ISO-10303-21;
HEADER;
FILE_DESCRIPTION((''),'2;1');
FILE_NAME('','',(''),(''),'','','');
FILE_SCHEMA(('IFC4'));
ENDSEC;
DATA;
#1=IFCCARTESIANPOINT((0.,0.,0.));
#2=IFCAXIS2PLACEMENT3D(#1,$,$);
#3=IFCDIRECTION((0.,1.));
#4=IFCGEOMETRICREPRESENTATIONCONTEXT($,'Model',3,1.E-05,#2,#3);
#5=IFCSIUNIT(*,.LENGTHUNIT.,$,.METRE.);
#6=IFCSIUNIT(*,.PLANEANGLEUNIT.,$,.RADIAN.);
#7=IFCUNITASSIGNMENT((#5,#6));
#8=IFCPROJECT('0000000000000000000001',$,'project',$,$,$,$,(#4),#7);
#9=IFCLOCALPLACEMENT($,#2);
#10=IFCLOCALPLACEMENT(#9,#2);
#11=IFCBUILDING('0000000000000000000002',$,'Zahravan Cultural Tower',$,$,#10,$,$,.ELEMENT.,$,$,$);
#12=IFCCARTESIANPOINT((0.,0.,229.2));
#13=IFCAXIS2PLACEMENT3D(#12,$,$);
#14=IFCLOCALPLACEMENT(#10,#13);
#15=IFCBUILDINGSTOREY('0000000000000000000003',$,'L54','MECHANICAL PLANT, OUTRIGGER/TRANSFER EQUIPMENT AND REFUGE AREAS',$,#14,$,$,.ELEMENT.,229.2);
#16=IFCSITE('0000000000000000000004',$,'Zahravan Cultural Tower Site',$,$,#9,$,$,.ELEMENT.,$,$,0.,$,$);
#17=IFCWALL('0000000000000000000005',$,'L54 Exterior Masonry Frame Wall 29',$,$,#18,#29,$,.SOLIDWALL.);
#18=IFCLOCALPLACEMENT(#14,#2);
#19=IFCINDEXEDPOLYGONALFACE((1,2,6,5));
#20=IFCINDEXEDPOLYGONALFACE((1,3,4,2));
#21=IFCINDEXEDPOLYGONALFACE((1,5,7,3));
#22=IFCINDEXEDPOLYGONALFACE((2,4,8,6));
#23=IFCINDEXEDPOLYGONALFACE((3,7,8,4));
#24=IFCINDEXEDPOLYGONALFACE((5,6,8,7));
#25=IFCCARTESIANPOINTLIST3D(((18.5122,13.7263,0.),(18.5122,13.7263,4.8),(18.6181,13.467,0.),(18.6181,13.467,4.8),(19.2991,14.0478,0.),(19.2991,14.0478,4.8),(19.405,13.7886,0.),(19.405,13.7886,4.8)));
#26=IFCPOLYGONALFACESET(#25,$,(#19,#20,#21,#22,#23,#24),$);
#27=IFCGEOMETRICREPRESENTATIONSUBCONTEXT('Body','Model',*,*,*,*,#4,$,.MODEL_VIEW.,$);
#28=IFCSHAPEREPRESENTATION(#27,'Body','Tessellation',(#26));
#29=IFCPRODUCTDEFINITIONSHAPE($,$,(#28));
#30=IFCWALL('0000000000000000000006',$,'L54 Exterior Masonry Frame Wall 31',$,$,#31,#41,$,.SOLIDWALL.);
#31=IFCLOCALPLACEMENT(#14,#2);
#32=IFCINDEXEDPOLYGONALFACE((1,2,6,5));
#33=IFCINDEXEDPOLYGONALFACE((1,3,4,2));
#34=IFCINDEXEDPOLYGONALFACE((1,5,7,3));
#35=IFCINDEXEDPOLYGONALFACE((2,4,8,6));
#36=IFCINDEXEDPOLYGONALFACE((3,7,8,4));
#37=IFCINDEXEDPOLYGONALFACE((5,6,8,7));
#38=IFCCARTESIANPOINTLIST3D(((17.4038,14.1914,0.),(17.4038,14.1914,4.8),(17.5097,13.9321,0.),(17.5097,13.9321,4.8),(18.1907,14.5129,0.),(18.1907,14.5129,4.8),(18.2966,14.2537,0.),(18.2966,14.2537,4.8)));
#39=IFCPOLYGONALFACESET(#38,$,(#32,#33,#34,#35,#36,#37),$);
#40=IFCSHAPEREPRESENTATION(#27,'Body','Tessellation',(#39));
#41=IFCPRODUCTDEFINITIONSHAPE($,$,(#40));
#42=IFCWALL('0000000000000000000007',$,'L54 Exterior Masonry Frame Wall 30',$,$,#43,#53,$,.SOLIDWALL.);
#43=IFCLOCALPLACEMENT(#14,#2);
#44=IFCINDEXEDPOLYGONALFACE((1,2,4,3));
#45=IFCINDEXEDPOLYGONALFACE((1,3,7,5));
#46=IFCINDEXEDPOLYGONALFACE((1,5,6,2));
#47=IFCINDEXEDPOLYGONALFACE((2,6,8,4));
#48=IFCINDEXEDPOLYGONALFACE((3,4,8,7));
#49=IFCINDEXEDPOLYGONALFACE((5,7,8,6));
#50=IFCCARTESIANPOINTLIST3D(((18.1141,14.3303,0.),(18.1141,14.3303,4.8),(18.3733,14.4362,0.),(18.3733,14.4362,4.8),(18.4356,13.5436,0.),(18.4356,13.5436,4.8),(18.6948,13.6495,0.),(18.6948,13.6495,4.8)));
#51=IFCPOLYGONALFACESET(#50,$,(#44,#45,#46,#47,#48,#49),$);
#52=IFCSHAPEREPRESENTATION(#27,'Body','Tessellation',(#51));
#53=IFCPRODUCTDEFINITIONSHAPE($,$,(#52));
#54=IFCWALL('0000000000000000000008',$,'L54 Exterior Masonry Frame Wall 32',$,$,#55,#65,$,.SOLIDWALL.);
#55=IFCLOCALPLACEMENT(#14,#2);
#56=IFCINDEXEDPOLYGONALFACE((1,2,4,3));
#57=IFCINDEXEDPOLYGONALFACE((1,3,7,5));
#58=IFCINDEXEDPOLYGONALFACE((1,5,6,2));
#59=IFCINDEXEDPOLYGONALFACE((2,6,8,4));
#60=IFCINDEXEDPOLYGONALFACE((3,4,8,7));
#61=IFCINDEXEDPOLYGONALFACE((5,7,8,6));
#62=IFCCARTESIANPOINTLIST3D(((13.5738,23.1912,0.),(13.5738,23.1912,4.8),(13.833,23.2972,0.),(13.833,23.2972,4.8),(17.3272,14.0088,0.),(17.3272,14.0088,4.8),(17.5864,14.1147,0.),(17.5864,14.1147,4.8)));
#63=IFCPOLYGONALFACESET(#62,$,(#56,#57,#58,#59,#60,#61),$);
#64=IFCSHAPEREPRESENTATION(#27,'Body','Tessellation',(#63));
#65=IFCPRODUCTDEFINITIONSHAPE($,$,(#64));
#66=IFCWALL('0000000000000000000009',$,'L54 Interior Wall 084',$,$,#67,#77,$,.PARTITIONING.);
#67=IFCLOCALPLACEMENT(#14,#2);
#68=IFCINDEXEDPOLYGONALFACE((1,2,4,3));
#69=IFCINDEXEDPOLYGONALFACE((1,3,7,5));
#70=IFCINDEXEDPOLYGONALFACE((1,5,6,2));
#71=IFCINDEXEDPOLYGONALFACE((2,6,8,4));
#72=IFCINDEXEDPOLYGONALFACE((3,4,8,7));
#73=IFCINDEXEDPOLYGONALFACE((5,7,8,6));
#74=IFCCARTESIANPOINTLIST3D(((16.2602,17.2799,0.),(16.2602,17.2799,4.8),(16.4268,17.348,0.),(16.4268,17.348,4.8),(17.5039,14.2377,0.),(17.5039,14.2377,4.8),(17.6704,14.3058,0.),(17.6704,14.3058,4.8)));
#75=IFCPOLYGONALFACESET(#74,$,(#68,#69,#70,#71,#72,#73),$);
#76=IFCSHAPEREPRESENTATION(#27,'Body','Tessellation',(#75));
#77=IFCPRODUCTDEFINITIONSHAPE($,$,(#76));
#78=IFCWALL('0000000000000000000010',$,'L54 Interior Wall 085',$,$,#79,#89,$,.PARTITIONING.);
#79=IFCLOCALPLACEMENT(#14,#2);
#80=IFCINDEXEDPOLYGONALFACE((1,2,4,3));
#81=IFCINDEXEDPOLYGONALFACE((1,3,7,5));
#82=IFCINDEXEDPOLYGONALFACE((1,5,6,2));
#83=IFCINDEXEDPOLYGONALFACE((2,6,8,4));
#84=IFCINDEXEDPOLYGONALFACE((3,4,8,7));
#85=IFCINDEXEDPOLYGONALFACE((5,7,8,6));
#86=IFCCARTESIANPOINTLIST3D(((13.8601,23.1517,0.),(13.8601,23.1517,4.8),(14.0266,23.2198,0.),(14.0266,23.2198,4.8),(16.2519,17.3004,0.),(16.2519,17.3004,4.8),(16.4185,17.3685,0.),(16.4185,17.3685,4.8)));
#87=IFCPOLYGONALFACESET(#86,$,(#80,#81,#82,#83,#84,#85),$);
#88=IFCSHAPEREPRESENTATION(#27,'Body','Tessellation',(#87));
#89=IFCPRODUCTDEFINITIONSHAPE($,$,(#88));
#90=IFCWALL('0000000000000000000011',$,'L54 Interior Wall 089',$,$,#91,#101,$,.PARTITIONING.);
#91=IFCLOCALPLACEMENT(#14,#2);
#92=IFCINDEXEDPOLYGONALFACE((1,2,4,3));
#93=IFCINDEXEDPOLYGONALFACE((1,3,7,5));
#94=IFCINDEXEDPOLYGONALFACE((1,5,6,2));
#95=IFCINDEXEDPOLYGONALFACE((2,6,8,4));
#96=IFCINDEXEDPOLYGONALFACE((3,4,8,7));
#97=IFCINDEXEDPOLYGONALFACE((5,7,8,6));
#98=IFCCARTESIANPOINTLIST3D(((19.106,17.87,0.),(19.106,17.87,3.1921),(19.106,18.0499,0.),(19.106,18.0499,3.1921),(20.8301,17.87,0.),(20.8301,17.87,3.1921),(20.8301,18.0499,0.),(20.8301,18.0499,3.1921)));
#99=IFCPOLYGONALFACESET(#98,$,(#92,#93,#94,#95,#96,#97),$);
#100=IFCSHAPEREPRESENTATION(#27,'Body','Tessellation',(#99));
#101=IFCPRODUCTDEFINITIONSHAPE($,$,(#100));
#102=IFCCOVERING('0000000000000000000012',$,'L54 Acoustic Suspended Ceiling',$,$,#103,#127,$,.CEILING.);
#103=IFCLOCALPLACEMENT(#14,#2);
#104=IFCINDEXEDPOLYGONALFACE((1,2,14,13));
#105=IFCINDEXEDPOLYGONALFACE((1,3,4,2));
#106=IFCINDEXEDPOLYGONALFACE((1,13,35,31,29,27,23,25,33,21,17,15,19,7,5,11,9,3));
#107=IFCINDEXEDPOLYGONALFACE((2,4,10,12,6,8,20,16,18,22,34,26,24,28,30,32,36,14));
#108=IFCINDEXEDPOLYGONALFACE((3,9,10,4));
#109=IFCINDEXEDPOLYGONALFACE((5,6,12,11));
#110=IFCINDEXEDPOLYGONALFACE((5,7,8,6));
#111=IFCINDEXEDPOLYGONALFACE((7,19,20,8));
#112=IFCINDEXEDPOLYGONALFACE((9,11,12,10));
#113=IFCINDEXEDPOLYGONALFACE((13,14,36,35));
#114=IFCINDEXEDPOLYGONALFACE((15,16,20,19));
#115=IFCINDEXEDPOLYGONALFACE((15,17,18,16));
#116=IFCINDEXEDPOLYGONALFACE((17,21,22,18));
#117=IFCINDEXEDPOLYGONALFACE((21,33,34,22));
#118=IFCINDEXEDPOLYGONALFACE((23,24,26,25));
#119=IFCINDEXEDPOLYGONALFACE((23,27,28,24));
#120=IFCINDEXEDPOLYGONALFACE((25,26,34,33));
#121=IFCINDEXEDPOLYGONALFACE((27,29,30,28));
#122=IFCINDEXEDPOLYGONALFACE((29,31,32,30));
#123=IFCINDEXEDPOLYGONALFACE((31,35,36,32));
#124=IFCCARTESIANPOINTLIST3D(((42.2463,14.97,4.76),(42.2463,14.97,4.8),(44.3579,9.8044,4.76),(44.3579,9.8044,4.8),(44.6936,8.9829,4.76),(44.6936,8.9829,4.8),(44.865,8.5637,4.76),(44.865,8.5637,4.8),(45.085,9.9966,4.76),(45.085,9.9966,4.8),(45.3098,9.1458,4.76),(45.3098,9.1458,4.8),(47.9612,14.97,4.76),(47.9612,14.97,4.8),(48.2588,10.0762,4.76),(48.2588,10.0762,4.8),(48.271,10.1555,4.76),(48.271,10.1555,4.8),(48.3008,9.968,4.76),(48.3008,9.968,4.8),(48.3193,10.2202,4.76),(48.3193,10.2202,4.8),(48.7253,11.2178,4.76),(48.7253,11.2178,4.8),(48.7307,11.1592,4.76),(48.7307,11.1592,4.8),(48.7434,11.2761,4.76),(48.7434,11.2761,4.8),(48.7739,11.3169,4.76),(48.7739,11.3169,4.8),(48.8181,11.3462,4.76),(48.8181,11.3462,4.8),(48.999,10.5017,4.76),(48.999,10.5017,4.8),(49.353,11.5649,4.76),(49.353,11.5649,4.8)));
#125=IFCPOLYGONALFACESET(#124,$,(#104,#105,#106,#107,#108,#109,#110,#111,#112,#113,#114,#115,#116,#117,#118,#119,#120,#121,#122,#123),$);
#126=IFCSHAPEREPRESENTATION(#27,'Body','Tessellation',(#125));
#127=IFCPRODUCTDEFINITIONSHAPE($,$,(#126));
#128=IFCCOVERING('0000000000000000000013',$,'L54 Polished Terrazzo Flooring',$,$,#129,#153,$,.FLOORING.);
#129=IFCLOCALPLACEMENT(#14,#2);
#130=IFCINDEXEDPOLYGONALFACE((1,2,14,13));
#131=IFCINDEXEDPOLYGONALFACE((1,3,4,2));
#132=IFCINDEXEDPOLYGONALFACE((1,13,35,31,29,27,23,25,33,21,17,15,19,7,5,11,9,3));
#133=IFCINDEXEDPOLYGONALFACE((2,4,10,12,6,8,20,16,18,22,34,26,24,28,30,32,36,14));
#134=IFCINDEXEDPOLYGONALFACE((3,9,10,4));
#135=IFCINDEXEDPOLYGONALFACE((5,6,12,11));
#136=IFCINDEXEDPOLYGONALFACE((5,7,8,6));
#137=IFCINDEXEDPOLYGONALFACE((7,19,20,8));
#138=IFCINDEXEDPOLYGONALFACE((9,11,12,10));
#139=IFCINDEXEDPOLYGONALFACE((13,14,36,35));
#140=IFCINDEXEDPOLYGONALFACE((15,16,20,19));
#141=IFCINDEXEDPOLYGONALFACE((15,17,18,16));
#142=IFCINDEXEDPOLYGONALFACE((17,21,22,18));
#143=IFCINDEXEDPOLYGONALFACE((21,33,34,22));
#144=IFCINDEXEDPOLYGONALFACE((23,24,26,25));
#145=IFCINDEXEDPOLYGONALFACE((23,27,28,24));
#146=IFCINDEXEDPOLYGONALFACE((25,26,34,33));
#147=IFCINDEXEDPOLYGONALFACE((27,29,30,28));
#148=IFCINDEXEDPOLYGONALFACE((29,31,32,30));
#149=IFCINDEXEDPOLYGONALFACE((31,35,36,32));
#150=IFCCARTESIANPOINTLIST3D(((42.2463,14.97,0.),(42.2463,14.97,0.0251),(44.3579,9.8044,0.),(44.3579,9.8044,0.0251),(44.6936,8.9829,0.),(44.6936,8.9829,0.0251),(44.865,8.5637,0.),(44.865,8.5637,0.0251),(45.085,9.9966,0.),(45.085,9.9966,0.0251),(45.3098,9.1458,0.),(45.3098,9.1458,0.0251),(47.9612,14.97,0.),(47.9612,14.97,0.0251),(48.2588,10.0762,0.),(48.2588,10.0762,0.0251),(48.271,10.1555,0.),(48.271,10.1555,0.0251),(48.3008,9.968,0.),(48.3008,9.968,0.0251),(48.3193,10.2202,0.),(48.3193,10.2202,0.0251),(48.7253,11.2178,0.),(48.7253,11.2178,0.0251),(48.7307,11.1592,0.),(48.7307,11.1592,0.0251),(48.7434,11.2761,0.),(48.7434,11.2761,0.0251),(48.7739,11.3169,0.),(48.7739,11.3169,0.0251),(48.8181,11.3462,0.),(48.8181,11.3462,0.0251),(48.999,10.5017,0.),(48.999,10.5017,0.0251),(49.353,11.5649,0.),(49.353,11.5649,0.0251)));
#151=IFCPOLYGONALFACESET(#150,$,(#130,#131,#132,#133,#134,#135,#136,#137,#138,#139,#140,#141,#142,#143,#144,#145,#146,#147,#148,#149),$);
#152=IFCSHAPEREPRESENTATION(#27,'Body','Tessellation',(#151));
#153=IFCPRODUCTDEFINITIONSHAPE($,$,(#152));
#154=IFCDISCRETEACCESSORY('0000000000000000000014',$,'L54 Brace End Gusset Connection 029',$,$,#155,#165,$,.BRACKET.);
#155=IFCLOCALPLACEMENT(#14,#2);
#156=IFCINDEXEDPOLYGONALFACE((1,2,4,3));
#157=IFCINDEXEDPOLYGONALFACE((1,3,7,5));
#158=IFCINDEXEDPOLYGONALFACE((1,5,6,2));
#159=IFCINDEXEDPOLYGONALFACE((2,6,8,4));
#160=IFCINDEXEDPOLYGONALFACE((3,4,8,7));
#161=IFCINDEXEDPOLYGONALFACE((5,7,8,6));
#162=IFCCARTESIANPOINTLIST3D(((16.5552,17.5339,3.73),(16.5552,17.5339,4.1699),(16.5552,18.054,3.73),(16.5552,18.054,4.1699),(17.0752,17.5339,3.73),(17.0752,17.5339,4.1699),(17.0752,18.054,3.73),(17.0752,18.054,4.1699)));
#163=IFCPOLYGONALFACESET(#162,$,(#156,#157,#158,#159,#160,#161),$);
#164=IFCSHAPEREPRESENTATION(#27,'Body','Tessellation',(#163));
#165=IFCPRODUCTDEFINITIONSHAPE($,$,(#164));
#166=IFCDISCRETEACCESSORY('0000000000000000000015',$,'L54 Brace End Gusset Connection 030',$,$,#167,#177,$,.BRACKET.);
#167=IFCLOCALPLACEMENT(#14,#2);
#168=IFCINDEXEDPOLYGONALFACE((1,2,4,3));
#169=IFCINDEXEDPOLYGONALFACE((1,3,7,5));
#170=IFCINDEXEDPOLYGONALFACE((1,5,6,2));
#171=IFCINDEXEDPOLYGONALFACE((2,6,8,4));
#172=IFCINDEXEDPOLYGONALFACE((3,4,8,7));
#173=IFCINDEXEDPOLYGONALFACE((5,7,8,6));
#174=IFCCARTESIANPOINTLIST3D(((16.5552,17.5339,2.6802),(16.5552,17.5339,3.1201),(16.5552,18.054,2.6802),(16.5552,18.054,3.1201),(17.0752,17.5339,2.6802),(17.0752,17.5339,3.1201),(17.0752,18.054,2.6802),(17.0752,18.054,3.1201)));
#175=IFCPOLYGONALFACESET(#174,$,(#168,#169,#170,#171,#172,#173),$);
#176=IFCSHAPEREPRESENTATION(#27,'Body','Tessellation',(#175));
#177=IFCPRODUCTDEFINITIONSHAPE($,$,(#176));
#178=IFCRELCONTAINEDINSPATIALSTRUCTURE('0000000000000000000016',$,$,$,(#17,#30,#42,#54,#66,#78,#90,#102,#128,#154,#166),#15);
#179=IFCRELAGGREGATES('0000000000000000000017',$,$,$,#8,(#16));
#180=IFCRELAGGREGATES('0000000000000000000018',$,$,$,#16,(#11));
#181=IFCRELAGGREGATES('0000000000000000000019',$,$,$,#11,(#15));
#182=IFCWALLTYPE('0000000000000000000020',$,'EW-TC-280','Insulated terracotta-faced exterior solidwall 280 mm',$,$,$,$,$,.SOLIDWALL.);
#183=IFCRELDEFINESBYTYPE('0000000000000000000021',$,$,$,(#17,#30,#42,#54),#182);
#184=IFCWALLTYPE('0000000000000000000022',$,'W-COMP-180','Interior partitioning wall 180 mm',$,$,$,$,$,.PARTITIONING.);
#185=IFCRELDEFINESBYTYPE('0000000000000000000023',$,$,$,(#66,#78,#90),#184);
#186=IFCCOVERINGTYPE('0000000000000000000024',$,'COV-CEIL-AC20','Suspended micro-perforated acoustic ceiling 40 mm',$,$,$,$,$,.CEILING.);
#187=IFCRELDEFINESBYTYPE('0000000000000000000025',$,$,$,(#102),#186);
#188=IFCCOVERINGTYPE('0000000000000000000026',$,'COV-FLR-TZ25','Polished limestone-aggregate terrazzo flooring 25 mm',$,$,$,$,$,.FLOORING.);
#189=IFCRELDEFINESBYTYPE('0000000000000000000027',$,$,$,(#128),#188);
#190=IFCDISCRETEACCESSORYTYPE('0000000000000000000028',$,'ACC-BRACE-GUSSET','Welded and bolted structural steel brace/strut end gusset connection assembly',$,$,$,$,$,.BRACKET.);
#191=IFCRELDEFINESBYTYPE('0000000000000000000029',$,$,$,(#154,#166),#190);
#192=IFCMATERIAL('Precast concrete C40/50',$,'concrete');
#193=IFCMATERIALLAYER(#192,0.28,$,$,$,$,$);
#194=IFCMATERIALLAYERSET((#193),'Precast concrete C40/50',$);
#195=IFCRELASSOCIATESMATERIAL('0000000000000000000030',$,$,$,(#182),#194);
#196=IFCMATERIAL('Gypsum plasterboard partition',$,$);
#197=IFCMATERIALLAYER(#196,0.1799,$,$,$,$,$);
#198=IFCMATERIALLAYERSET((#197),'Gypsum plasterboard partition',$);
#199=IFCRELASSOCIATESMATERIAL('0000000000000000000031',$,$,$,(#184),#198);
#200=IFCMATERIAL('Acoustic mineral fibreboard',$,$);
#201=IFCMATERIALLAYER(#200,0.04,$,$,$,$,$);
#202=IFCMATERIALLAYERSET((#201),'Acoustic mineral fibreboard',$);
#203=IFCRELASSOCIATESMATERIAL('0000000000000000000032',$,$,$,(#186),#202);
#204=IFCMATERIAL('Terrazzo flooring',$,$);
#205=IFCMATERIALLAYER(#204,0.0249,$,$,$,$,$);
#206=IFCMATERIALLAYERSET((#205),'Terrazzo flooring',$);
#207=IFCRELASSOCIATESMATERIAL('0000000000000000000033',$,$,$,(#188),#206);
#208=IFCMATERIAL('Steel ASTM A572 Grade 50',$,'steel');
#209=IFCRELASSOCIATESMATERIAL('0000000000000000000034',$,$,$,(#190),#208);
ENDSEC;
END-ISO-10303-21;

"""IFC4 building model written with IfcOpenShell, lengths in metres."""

from ifc_helpers import new_model, si_unit, direction, frame, frame_2d, origin, origin_2d, place, context, subcontext, project, spatial, polyline, rectangle, outline, extrude, source, transform, mapped, material, layer, layer_set, type_object, element, save


model = new_model("IFC4")

# Units and contexts
model_context = context("Model", 3, precision=1e-05, world=origin(), true_north=direction((0.0, 1.0)))
body_context = subcontext(model_context, "Body", "Model", "MODEL_VIEW")
ifc_project = project(units=[si_unit("LENGTHUNIT", "METRE"), si_unit("PLANEANGLEUNIT", "RADIAN")], contexts=[model_context])

# Site, building, storey
site_placement = place(None, origin())
site = spatial("IfcSite", under=ifc_project, at=site_placement, Name="Zahravan Cultural Tower Site", CompositionType="ELEMENT", RefElevation=0.0)
building_placement = place(site_placement, origin())
building = spatial("IfcBuilding", under=site, at=building_placement, Name="Zahravan Cultural Tower", CompositionType="ELEMENT")
storey_placement = place(building_placement, frame((0.0, 0.0, 229.2)))
storey = spatial("IfcBuildingStorey", under=building, at=storey_placement, Name="L54", Description="MECHANICAL PLANT, OUTRIGGER/TRANSFER EQUIPMENT AND REFUGE AREAS", CompositionType="ELEMENT", Elevation=229.2)

# Walls
ifc_material_1 = material(Name="Precast concrete C40/50", Category="concrete")
ifc_layer_1 = layer(ifc_material_1, 0.28)
ifc_layer_set_1 = layer_set([ifc_layer_1], Name="Precast concrete C40/50")
wall_type_1 = type_object("IfcWallType", Name="EW-TC-280", Description="Insulated terracotta-faced exterior solidwall 280 mm", PredefinedType="SOLIDWALL", material=ifc_layer_set_1)
shared_shape_1 = source(origin(), body_context, "Body", "SweptSolid", [
    extrude(rectangle(XDim=0.8501, YDim=0.28, at=frame_2d((0.425, 0.0))), origin(), (0.0, 0.0, 1.0), 4.8),
])
for number, where, z_axis, x_axis, name in (
    (1, (19.3521, 13.9182, 0.0), (0.0, 0.0, 1.0), (-0.925698, -0.378264, 0.0), "L54 Exterior Masonry Frame Wall 29"),
    (2, (18.2437, 14.3833, 0.0), (0.0, 0.0, 1.0), (-0.925698, -0.378264, 0.0), "L54 Exterior Masonry Frame Wall 31"),
):
    element("IfcWall", number, at=place(storey_placement, frame(where, z_axis=z_axis, x_axis=x_axis)), inside=storey, type_object=wall_type_1, Name=name, PredefinedType="SOLIDWALL", context=body_context, shape_type="MappedRepresentation", body=[
        mapped(shared_shape_1, transform((0.0, 0.0, 0.0), x_axis=(1.0, 0.0, 0.0), y_axis=(0.0, 1.0, 0.0), z_axis=(0.0, 0.0, 1.0), scale=1.0)),
    ])
shared_shape_2 = source(origin(), body_context, "Body", "SweptSolid", [
    extrude(rectangle(XDim=0.8499, YDim=0.28, at=frame_2d((0.4248, 0.0))), origin(), (0.0, 0.0, 1.0), 4.8),
])
wall_1_placement = place(storey_placement, frame((18.5652, 13.5967, 0.0), z_axis=(0.0, 0.0, 1.0), x_axis=(-0.378364, 0.925657, 0.0)))
element("IfcWall", 3, at=wall_1_placement, inside=storey, type_object=wall_type_1, Name="L54 Exterior Masonry Frame Wall 30", PredefinedType="SOLIDWALL", context=body_context, shape_type="MappedRepresentation", body=[
    mapped(shared_shape_2, transform((0.0, 0.0, 0.0), x_axis=(1.0, 0.0, 0.0), y_axis=(0.0, 1.0, 0.0), z_axis=(0.0, 0.0, 1.0), scale=1.0)),
])
shared_shape_3 = source(origin(), body_context, "Body", "SweptSolid", [
    extrude(rectangle(XDim=9.9199, YDim=0.28, at=frame_2d((4.96, 0.0))), origin(), (0.0, 0.0, 1.0), 4.8),
])
wall_2_placement = place(storey_placement, frame((17.4568, 14.0618, 0.0), z_axis=(0.0, 0.0, 1.0), x_axis=(-0.378373, 0.925653, 0.0)))
element("IfcWall", 4, at=wall_2_placement, inside=storey, type_object=wall_type_1, Name="L54 Exterior Masonry Frame Wall 32", PredefinedType="SOLIDWALL", context=body_context, shape_type="MappedRepresentation", body=[
    mapped(shared_shape_3, transform((0.0, 0.0, 0.0), x_axis=(1.0, 0.0, 0.0), y_axis=(0.0, 1.0, 0.0), z_axis=(0.0, 0.0, 1.0), scale=1.0)),
])
ifc_material_2 = material(Name="Gypsum plasterboard partition")
ifc_layer_2 = layer(ifc_material_2, 0.1799)
ifc_layer_set_2 = layer_set([ifc_layer_2], Name="Gypsum plasterboard partition")
wall_type_2 = type_object("IfcWallType", Name="W-COMP-180", Description="Interior partitioning wall 180 mm", PredefinedType="PARTITIONING", material=ifc_layer_set_2)
shared_shape_4 = source(origin(), body_context, "Body", "SweptSolid", [
    extrude(rectangle(XDim=3.2866, YDim=0.1799, at=frame_2d((1.6433, 0.0))), origin(), (0.0, 0.0, 1.0), 4.8),
])
wall_3_placement = place(storey_placement, frame((17.5872, 14.2717, 0.0), z_axis=(0.0, 0.0, 1.0), x_axis=(-0.378399, 0.925643, 0.0)))
element("IfcWall", 5, at=wall_3_placement, inside=storey, type_object=wall_type_2, Name="L54 Interior Wall 084", PredefinedType="PARTITIONING", context=body_context, shape_type="MappedRepresentation", body=[
    mapped(shared_shape_4, transform((0.0, 0.0, 0.0), x_axis=(1.0, 0.0, 0.0), y_axis=(0.0, 1.0, 0.0), z_axis=(0.0, 0.0, 1.0), scale=1.0)),
])
shared_shape_5 = source(origin(), body_context, "Body", "SweptSolid", [
    extrude(rectangle(XDim=6.3213, YDim=0.1799, at=frame_2d((3.1606, 0.0))), origin(), (0.0, 0.0, 1.0), 4.8),
])
wall_4_placement = place(storey_placement, frame((16.3352, 17.3345, 0.0), z_axis=(0.0, 0.0, 1.0), x_axis=(-0.378379, 0.925651, 0.0)))
element("IfcWall", 6, at=wall_4_placement, inside=storey, type_object=wall_type_2, Name="L54 Interior Wall 085", PredefinedType="PARTITIONING", context=body_context, shape_type="MappedRepresentation", body=[
    mapped(shared_shape_5, transform((0.0, 0.0, 0.0), x_axis=(1.0, 0.0, 0.0), y_axis=(0.0, 1.0, 0.0), z_axis=(0.0, 0.0, 1.0), scale=1.0)),
])
shared_shape_6 = source(origin(), body_context, "Body", "SweptSolid", [
    extrude(rectangle(XDim=1.7241, YDim=0.1799, at=frame_2d((0.8621, 0.0))), origin(), (0.0, 0.0, 1.0), 3.1921),
])
wall_5_placement = place(storey_placement, frame((19.106, 17.96, 0.0), z_axis=(0.0, 0.0, 1.0), x_axis=(1.0, 0.0, 0.0)))
element("IfcWall", 7, at=wall_5_placement, inside=storey, type_object=wall_type_2, Name="L54 Interior Wall 089", PredefinedType="PARTITIONING", context=body_context, shape_type="MappedRepresentation", body=[
    mapped(shared_shape_6, transform((0.0, 0.0, 0.0), x_axis=(1.0, 0.0, 0.0), y_axis=(0.0, 1.0, 0.0), z_axis=(0.0, 0.0, 1.0), scale=1.0)),
])

# Coverings
ifc_material_3 = material(Name="Acoustic mineral fibreboard")
ifc_layer_3 = layer(ifc_material_3, 0.04)
ifc_layer_set_3 = layer_set([ifc_layer_3], Name="Acoustic mineral fibreboard")
covering_type_1 = type_object("IfcCoveringType", Name="COV-CEIL-AC20", Description="Suspended micro-perforated acoustic ceiling 40 mm", PredefinedType="CEILING", material=ifc_layer_set_3)
covering_1_placement = place(storey_placement, frame((0.0, 0.0, 4.76)))
element("IfcCovering", 8, at=covering_1_placement, inside=storey, type_object=covering_type_1, Name="L54 Acoustic Suspended Ceiling", PredefinedType="CEILING", context=body_context, shape_type="SweptSolid", body=[
    extrude(outline(polyline([(45.085, 9.9966), (45.3098, 9.1458), (44.6936, 8.9829), (44.865, 8.5637), (48.3008, 9.968), (48.2588, 10.0762), (48.271, 10.1555), (48.3193, 10.2202), (48.999, 10.5017), (48.7307, 11.1592), (48.7253, 11.2178), (48.7434, 11.2761), (48.7739, 11.3169), (48.8181, 11.3462), (49.353, 11.5649), (47.9612, 14.97), (42.2463, 14.97), (44.3579, 9.8044), (45.085, 9.9966)])), origin(), (0.0, 0.0, 1.0), 0.04),
])
ifc_material_4 = material(Name="Terrazzo flooring")
ifc_layer_4 = layer(ifc_material_4, 0.0249)
ifc_layer_set_4 = layer_set([ifc_layer_4], Name="Terrazzo flooring")
covering_type_2 = type_object("IfcCoveringType", Name="COV-FLR-TZ25", Description="Polished limestone-aggregate terrazzo flooring 25 mm", PredefinedType="FLOORING", material=ifc_layer_set_4)
covering_2_placement = place(storey_placement, origin())
element("IfcCovering", 9, at=covering_2_placement, inside=storey, type_object=covering_type_2, Name="L54 Polished Terrazzo Flooring", PredefinedType="FLOORING", context=body_context, shape_type="SweptSolid", body=[
    extrude(outline(polyline([(45.085, 9.9966), (45.3098, 9.1458), (44.6936, 8.9829), (44.865, 8.5637), (48.3008, 9.968), (48.2588, 10.0762), (48.271, 10.1555), (48.3193, 10.2202), (48.999, 10.5017), (48.7307, 11.1592), (48.7253, 11.2178), (48.7434, 11.2761), (48.7739, 11.3169), (48.8181, 11.3462), (49.353, 11.5649), (47.9612, 14.97), (42.2463, 14.97), (44.3579, 9.8044), (45.085, 9.9966)])), origin(), (0.0, 0.0, 1.0), 0.0251),
])

# Discrete accessories
ifc_material_5 = material(Name="Steel ASTM A572 Grade 50", Category="steel")
discrete_accessory_type = type_object("IfcDiscreteAccessoryType", Name="ACC-BRACE-GUSSET", Description="Welded and bolted structural steel brace/strut end gusset connection assembly", PredefinedType="BRACKET", material=ifc_material_5)
shared_shape_7 = source(origin(), body_context, "Body", "SweptSolid", [
    extrude(rectangle(XDim=0.52, YDim=0.52, at=origin_2d()), origin(), (0.0, 0.0, 1.0), 0.4399),
])
for number, where, z_axis, x_axis, name in (
    (10, (16.8152, 17.7939, 3.73), (0.0, 0.0, 1.0), (1.0, 0.0, 0.0), "L54 Brace End Gusset Connection 029"),
    (11, (16.8152, 17.7939, 2.6802), (0.0, 0.0, 1.0), (1.0, 0.0, 0.0), "L54 Brace End Gusset Connection 030"),
):
    element("IfcDiscreteAccessory", number, at=place(storey_placement, frame(where, z_axis=z_axis, x_axis=x_axis)), inside=storey, type_object=discrete_accessory_type, Name=name, PredefinedType="BRACKET", context=body_context, shape_type="MappedRepresentation", body=[
        mapped(shared_shape_7, transform((0.0, 0.0, 0.0), x_axis=(1.0, 0.0, 0.0), y_axis=(0.0, 1.0, 0.0), z_axis=(0.0, 0.0, 1.0), scale=1.0)),
    ])

save(model, "model.ifc")
